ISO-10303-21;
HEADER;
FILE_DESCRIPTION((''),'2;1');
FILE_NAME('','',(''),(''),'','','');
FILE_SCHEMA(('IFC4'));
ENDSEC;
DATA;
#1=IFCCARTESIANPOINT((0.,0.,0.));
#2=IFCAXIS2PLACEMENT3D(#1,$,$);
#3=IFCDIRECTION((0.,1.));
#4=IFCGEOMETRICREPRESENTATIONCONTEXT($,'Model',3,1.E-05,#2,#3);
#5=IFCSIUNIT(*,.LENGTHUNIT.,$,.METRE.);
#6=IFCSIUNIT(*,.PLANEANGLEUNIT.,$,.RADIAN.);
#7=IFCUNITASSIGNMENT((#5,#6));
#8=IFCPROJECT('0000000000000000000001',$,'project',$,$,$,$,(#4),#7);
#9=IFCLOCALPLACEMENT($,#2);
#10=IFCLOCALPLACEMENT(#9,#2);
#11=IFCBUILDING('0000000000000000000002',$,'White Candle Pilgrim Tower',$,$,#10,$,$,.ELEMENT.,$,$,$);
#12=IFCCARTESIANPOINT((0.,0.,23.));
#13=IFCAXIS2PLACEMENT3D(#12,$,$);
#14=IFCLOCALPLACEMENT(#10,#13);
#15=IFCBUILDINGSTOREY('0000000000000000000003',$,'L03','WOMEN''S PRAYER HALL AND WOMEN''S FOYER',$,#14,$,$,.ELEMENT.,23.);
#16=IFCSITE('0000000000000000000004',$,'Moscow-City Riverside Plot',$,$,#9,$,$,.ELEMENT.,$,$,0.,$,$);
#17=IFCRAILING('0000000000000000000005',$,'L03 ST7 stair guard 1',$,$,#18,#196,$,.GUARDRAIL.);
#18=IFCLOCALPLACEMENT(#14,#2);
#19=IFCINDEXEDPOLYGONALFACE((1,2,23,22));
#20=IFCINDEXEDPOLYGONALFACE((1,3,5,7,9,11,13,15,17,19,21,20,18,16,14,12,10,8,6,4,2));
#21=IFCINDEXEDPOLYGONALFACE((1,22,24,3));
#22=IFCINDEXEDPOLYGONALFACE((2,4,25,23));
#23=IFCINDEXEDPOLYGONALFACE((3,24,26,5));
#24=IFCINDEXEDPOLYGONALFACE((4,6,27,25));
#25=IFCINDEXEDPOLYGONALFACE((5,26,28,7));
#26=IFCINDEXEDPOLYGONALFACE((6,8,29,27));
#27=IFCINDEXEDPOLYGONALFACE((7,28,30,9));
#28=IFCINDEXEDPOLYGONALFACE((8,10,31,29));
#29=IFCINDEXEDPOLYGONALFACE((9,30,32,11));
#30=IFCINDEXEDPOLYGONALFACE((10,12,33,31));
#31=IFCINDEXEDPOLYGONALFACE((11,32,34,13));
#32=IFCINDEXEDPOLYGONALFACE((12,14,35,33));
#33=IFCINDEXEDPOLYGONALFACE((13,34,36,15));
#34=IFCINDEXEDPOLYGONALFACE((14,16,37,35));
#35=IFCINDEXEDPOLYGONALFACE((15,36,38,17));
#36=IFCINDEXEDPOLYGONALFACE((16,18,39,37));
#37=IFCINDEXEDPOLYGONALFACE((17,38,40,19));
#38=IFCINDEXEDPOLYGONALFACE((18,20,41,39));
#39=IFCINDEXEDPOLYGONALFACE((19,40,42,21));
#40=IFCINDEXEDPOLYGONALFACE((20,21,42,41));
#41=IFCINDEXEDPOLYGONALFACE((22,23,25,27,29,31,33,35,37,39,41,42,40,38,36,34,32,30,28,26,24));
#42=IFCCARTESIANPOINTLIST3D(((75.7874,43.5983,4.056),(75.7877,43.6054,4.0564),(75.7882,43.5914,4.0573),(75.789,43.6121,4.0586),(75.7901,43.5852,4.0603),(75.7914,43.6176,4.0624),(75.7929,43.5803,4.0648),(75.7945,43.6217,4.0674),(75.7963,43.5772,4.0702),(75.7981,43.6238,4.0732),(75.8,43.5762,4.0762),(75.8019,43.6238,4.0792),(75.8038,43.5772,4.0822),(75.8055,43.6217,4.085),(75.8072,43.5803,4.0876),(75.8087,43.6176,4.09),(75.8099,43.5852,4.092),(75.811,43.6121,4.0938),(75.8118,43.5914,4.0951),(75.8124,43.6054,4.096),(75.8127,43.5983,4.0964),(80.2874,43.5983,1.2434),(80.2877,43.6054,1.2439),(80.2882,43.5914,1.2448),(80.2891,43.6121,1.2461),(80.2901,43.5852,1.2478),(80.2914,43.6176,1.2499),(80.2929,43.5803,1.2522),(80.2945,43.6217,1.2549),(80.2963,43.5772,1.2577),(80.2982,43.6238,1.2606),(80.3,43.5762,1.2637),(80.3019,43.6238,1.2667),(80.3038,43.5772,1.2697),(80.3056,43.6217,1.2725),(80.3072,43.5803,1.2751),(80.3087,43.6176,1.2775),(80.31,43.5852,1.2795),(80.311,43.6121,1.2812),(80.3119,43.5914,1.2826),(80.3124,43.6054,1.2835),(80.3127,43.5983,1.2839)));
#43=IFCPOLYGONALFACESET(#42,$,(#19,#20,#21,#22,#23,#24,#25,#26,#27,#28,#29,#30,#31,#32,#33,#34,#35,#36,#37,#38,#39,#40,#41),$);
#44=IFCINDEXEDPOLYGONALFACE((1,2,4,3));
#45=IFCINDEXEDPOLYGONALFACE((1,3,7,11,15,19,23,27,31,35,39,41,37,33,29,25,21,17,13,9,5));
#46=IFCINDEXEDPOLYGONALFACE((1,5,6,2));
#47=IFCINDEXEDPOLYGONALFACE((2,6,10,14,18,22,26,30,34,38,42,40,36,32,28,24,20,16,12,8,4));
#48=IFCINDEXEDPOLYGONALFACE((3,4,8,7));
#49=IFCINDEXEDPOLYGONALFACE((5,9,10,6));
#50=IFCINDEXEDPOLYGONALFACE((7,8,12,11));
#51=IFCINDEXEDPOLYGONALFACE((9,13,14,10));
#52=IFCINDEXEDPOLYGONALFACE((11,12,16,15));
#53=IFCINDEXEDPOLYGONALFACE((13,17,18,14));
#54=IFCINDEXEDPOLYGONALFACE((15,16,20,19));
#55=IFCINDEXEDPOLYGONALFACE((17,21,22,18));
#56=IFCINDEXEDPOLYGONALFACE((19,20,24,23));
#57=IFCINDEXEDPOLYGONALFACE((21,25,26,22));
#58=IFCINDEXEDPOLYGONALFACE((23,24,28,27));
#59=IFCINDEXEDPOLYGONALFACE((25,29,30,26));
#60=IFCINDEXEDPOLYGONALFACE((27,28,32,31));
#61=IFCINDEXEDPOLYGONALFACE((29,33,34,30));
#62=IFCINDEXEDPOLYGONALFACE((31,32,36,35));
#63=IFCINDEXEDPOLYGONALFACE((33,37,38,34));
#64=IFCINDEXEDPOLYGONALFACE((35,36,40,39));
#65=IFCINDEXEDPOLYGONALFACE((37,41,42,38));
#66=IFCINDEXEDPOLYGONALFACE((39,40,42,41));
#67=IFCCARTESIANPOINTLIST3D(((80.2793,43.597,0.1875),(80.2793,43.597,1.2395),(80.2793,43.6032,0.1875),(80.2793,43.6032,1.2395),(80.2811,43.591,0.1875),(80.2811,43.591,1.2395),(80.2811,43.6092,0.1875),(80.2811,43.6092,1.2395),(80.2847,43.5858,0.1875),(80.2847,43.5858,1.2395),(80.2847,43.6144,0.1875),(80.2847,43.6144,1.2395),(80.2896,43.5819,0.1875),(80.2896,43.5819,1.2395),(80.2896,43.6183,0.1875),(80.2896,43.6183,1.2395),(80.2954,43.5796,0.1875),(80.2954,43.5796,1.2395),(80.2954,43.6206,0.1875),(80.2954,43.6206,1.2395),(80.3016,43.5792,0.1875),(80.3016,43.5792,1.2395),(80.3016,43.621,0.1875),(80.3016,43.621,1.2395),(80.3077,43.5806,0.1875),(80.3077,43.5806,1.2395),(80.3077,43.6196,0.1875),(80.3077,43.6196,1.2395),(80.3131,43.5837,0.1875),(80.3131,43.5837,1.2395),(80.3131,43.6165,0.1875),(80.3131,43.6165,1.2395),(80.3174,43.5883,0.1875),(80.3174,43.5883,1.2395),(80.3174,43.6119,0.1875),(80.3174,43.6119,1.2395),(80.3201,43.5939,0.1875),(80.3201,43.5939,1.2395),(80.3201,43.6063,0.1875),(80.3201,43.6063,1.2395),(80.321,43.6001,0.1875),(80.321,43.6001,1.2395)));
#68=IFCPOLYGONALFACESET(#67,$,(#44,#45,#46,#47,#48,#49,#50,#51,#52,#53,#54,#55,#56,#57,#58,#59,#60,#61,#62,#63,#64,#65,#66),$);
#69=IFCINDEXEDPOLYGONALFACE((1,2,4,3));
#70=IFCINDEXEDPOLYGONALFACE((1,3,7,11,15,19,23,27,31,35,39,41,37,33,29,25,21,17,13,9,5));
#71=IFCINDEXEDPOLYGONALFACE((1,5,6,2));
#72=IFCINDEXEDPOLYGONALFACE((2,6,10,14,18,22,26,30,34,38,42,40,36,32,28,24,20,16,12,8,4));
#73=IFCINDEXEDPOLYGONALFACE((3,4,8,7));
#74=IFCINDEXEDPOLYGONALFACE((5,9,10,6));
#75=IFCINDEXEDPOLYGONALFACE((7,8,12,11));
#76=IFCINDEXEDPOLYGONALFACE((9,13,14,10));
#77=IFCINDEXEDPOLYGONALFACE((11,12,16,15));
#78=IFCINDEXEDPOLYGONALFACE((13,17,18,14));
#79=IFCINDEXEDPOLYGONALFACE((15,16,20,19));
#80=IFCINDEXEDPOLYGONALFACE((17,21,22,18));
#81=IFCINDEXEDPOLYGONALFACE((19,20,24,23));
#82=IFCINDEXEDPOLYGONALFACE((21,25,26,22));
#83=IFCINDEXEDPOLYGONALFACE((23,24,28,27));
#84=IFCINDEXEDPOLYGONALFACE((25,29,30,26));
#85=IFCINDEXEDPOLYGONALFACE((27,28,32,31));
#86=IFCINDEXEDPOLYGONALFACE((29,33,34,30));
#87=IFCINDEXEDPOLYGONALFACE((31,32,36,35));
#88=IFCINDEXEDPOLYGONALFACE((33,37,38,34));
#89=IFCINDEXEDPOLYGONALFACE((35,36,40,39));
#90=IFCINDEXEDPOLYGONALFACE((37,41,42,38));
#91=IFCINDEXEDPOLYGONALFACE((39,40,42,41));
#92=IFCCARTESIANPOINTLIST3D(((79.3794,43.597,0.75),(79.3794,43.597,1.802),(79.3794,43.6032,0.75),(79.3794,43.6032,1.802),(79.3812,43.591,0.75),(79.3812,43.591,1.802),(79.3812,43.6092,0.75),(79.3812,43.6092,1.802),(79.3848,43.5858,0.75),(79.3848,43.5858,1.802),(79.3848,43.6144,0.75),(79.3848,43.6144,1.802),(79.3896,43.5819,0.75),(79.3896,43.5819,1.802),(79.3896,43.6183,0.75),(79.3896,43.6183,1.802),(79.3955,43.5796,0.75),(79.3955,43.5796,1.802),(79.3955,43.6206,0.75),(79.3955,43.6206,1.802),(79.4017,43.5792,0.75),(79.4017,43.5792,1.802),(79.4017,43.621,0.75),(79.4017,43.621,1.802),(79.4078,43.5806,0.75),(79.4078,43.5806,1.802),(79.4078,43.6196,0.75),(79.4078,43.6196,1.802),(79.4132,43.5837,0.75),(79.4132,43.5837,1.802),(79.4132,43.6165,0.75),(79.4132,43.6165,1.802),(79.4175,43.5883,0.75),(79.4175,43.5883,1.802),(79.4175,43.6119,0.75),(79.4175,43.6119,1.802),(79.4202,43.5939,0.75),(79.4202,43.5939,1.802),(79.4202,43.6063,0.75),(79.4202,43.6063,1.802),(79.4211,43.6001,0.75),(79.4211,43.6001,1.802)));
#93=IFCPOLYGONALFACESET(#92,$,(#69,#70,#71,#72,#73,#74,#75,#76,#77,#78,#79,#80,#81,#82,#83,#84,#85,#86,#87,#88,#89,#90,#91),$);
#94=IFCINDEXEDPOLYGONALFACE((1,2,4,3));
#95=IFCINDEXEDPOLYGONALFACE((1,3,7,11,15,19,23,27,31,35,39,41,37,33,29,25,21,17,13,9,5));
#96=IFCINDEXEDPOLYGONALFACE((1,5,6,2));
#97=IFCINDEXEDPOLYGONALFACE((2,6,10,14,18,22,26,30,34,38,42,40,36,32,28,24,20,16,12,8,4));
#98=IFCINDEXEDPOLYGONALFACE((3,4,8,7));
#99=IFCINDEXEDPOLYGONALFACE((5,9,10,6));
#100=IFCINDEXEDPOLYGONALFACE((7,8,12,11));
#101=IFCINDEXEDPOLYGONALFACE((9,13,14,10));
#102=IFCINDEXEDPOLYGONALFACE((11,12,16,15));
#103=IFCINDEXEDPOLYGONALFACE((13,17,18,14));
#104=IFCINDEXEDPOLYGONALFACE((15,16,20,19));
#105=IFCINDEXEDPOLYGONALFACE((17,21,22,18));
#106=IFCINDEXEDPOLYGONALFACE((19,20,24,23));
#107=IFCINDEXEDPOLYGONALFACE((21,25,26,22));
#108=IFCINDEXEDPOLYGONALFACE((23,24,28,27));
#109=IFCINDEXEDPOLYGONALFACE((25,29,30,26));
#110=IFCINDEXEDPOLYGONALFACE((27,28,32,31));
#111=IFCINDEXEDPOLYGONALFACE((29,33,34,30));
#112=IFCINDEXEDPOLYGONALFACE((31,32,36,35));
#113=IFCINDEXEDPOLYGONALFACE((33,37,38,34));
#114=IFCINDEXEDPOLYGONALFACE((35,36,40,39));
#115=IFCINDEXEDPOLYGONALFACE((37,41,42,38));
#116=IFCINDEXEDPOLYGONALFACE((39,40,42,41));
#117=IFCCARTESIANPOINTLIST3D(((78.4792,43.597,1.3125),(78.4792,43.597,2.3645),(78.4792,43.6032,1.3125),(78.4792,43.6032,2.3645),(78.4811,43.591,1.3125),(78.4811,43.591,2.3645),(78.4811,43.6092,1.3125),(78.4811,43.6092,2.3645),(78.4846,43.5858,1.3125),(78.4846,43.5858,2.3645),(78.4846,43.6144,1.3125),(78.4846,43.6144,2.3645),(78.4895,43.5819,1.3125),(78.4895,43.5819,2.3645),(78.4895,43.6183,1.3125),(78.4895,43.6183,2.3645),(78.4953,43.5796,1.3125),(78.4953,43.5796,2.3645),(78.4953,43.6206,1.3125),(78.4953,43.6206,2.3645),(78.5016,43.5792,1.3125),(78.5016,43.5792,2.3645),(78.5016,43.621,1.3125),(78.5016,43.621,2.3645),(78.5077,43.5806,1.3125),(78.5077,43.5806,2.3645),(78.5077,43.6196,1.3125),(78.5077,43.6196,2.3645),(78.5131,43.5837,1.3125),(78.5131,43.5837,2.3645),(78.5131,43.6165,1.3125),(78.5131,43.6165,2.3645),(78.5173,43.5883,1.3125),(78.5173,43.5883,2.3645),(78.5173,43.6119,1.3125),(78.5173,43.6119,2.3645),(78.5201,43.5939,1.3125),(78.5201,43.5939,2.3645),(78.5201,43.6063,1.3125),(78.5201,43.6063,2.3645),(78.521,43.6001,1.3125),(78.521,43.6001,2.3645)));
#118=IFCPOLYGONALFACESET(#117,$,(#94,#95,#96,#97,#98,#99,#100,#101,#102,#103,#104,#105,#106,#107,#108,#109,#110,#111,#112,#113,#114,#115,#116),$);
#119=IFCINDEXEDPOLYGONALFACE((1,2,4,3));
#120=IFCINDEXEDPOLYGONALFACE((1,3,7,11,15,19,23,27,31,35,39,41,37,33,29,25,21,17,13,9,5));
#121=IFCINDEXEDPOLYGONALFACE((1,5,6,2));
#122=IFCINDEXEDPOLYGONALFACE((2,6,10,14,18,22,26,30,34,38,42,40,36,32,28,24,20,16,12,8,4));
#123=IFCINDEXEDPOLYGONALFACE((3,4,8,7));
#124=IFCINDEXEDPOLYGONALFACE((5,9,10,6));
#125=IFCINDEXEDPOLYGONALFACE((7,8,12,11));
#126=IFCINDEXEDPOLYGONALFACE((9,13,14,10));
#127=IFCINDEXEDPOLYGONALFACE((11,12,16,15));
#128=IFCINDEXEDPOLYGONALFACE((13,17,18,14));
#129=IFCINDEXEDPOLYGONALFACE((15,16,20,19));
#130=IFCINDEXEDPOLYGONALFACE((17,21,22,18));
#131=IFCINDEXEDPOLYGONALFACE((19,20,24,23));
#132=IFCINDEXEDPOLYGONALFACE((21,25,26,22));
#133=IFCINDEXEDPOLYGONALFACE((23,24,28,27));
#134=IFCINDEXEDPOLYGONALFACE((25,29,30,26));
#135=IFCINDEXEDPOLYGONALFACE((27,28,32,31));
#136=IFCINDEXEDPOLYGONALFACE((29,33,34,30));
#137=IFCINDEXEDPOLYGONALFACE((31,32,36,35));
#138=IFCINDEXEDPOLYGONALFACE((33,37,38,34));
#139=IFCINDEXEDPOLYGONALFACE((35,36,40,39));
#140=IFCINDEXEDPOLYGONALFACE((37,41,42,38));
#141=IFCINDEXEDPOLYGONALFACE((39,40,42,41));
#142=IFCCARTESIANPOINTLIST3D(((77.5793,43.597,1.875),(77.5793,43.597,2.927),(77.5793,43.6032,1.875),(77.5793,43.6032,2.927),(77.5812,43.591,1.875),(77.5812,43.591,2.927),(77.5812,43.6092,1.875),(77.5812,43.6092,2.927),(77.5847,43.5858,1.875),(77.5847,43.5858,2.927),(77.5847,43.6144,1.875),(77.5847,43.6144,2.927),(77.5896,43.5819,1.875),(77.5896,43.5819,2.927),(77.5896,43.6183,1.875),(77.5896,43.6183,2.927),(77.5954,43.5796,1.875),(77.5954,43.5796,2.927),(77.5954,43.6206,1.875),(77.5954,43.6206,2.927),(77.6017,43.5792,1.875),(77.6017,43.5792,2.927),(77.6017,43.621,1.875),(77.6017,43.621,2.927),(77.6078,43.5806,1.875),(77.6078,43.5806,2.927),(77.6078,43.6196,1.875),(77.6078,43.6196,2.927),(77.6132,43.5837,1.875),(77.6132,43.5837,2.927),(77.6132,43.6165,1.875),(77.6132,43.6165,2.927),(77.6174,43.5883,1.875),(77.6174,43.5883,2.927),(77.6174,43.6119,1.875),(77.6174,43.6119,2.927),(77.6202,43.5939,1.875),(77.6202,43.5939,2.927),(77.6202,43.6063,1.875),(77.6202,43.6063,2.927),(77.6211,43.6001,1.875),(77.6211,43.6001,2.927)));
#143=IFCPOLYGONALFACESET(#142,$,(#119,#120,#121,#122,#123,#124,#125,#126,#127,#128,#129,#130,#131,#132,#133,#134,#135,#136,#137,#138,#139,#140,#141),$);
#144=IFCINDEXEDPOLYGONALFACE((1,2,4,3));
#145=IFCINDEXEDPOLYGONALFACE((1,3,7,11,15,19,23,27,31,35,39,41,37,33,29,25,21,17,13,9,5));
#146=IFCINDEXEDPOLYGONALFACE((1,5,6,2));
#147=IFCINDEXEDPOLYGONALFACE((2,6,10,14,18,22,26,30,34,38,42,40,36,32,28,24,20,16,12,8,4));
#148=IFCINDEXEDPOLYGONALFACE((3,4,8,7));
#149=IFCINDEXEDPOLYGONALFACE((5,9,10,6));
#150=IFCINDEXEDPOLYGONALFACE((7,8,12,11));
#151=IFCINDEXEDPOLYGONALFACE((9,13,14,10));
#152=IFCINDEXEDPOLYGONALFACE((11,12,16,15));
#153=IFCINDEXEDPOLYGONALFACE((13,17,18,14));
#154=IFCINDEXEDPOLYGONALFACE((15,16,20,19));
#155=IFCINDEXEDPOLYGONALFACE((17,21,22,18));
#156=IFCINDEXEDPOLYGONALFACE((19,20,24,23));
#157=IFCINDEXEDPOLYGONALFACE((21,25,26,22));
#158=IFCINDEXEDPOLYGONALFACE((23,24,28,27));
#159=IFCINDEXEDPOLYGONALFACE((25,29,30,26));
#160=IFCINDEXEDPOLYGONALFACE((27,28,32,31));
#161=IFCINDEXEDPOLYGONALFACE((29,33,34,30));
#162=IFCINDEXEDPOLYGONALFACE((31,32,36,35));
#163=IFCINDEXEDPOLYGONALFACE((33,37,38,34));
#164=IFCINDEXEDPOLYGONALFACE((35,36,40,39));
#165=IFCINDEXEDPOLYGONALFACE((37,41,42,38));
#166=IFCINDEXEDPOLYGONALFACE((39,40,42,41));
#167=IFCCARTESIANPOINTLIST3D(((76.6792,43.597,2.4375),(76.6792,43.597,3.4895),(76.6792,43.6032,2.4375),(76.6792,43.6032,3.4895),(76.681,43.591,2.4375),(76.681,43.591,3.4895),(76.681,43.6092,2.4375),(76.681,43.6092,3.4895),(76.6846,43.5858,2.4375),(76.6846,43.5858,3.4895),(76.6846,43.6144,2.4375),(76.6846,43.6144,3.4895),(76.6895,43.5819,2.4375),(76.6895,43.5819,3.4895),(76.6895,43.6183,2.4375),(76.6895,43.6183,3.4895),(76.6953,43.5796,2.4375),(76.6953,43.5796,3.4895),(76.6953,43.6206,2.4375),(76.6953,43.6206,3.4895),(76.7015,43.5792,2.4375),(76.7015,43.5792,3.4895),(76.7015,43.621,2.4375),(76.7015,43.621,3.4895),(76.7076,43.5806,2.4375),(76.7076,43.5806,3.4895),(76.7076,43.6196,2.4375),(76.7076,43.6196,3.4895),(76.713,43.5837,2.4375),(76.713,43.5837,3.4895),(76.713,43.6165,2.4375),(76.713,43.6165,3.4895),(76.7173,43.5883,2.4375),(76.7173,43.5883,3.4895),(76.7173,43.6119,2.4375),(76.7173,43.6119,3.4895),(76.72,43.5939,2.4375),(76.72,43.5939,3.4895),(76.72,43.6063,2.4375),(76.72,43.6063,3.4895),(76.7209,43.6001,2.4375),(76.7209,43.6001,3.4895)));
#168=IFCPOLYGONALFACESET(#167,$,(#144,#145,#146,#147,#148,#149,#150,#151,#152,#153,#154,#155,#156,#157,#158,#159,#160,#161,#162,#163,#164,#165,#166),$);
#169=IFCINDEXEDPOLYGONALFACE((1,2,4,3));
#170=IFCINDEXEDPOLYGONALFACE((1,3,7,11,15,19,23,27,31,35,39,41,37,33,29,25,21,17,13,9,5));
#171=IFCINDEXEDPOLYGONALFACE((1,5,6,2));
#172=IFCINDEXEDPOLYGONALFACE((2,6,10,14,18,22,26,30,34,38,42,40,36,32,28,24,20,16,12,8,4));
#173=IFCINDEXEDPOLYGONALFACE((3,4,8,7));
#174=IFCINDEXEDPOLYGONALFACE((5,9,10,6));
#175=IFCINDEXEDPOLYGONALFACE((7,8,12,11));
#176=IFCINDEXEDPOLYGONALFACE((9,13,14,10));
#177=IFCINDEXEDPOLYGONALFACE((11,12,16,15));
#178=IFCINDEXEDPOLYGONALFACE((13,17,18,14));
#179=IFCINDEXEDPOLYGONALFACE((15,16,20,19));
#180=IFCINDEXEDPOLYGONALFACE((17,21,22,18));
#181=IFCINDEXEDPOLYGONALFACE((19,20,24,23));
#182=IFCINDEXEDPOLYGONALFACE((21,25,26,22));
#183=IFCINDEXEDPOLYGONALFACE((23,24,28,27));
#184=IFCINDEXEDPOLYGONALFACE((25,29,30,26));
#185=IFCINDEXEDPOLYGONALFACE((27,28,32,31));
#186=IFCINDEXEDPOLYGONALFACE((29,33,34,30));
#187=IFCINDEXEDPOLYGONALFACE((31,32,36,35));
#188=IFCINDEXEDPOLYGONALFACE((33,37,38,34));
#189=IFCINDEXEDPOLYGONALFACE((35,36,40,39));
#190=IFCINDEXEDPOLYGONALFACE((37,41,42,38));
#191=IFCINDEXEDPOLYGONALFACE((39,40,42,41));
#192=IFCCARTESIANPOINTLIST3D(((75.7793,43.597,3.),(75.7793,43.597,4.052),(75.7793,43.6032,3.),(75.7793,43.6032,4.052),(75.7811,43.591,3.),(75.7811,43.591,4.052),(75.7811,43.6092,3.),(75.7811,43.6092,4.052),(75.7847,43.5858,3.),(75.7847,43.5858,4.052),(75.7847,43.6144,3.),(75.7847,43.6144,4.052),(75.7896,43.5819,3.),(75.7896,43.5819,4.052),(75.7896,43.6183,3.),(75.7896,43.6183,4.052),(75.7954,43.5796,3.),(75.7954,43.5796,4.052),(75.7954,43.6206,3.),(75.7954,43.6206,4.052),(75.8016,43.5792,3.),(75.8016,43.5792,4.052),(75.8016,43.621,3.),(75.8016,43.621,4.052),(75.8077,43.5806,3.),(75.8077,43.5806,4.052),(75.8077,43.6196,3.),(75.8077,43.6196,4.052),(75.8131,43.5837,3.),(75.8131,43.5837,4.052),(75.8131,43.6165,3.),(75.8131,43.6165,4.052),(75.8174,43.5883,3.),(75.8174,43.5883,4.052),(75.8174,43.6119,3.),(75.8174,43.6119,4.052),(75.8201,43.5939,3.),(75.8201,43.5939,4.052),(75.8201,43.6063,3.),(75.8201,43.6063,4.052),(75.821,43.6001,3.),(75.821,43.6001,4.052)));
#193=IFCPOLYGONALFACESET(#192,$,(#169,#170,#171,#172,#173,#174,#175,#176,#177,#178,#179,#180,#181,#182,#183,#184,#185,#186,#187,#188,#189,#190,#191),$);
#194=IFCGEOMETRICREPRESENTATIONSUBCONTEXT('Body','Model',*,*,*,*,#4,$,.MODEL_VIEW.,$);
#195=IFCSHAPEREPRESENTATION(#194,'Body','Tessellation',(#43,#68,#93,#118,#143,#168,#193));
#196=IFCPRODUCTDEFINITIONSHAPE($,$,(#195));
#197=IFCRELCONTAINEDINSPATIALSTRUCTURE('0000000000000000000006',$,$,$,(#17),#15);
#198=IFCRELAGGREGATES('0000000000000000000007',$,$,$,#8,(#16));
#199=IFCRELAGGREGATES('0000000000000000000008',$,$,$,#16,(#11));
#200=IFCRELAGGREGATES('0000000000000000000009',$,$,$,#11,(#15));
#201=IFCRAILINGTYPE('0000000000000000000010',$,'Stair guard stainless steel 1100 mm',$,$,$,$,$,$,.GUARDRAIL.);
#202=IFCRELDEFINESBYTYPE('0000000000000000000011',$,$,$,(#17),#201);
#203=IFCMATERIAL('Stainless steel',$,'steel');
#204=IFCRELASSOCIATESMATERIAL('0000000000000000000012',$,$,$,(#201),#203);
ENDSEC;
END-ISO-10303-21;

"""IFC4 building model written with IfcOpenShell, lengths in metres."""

from ifc_helpers import new_model, si_unit, direction, frame, origin, origin_2d, place, context, subcontext, project, spatial, circle, extrude, material, type_object, element, save


model = new_model("IFC4")

# Units and contexts
model_context = context("Model", 3, precision=1e-05, world=origin(), true_north=direction((0.0, 1.0)))
body_context = subcontext(model_context, "Body", "Model", "MODEL_VIEW")
ifc_project = project(units=[si_unit("LENGTHUNIT", "METRE"), si_unit("PLANEANGLEUNIT", "RADIAN")], contexts=[model_context])

# Site, building, storey
site_placement = place(None, origin())
site = spatial("IfcSite", under=ifc_project, at=site_placement, Name="Moscow-City Riverside Plot", CompositionType="ELEMENT", RefElevation=0.0)
building_placement = place(site_placement, origin())
building = spatial("IfcBuilding", under=site, at=building_placement, Name="White Candle Pilgrim Tower", CompositionType="ELEMENT")
storey_placement = place(building_placement, frame((0.0, 0.0, 23.0)))
storey = spatial("IfcBuildingStorey", under=building, at=storey_placement, Name="L03", Description="WOMEN'S PRAYER HALL AND WOMEN'S FOYER", CompositionType="ELEMENT", Elevation=23.0)

# Railing
ifc_material_1 = material(Name="Stainless steel", Category="steel")
railing_type_1 = type_object("IfcRailingType", Name="Stair guard stainless steel 1100 mm", PredefinedType="GUARDRAIL", material=ifc_material_1)
railing_1_placement = place(storey_placement, frame((80.3, 43.6001, 0.1875)))
element("IfcRailing", 1, at=railing_1_placement, inside=storey, type_object=railing_type_1, Name="L03 ST7 stair guard 1", PredefinedType="GUARDRAIL", context=body_context, shape_type="SweptSolid", body=[
    extrude(circle(Radius=0.0239, at=origin_2d()), frame((0.0, 0.0, 1.0762), z_axis=(-0.847998, 0.0, 0.529999), x_axis=(0.0, -1.0, 0.0)), (0.0, 0.0, 1.0), 5.3066),
    extrude(circle(Radius=0.021, at=origin_2d()), origin(), (0.0, 0.0, 1.0), 1.052),
    extrude(circle(Radius=0.021, at=origin_2d()), frame((-0.8999, 0.0, 0.5625)), (0.0, 0.0, 1.0), 1.052),
    extrude(circle(Radius=0.021, at=origin_2d()), frame((-1.8, 0.0, 1.125)), (0.0, 0.0, 1.0), 1.052),
    extrude(circle(Radius=0.021, at=origin_2d()), frame((-2.7, 0.0, 1.6875)), (0.0, 0.0, 1.0), 1.052),
    extrude(circle(Radius=0.021, at=origin_2d()), frame((-3.6001, 0.0, 2.25)), (0.0, 0.0, 1.0), 1.052),
    extrude(circle(Radius=0.021, at=origin_2d()), frame((-4.5, 0.0, 2.8125)), (0.0, 0.0, 1.0), 1.052),
])

save(model, "model.ifc")
